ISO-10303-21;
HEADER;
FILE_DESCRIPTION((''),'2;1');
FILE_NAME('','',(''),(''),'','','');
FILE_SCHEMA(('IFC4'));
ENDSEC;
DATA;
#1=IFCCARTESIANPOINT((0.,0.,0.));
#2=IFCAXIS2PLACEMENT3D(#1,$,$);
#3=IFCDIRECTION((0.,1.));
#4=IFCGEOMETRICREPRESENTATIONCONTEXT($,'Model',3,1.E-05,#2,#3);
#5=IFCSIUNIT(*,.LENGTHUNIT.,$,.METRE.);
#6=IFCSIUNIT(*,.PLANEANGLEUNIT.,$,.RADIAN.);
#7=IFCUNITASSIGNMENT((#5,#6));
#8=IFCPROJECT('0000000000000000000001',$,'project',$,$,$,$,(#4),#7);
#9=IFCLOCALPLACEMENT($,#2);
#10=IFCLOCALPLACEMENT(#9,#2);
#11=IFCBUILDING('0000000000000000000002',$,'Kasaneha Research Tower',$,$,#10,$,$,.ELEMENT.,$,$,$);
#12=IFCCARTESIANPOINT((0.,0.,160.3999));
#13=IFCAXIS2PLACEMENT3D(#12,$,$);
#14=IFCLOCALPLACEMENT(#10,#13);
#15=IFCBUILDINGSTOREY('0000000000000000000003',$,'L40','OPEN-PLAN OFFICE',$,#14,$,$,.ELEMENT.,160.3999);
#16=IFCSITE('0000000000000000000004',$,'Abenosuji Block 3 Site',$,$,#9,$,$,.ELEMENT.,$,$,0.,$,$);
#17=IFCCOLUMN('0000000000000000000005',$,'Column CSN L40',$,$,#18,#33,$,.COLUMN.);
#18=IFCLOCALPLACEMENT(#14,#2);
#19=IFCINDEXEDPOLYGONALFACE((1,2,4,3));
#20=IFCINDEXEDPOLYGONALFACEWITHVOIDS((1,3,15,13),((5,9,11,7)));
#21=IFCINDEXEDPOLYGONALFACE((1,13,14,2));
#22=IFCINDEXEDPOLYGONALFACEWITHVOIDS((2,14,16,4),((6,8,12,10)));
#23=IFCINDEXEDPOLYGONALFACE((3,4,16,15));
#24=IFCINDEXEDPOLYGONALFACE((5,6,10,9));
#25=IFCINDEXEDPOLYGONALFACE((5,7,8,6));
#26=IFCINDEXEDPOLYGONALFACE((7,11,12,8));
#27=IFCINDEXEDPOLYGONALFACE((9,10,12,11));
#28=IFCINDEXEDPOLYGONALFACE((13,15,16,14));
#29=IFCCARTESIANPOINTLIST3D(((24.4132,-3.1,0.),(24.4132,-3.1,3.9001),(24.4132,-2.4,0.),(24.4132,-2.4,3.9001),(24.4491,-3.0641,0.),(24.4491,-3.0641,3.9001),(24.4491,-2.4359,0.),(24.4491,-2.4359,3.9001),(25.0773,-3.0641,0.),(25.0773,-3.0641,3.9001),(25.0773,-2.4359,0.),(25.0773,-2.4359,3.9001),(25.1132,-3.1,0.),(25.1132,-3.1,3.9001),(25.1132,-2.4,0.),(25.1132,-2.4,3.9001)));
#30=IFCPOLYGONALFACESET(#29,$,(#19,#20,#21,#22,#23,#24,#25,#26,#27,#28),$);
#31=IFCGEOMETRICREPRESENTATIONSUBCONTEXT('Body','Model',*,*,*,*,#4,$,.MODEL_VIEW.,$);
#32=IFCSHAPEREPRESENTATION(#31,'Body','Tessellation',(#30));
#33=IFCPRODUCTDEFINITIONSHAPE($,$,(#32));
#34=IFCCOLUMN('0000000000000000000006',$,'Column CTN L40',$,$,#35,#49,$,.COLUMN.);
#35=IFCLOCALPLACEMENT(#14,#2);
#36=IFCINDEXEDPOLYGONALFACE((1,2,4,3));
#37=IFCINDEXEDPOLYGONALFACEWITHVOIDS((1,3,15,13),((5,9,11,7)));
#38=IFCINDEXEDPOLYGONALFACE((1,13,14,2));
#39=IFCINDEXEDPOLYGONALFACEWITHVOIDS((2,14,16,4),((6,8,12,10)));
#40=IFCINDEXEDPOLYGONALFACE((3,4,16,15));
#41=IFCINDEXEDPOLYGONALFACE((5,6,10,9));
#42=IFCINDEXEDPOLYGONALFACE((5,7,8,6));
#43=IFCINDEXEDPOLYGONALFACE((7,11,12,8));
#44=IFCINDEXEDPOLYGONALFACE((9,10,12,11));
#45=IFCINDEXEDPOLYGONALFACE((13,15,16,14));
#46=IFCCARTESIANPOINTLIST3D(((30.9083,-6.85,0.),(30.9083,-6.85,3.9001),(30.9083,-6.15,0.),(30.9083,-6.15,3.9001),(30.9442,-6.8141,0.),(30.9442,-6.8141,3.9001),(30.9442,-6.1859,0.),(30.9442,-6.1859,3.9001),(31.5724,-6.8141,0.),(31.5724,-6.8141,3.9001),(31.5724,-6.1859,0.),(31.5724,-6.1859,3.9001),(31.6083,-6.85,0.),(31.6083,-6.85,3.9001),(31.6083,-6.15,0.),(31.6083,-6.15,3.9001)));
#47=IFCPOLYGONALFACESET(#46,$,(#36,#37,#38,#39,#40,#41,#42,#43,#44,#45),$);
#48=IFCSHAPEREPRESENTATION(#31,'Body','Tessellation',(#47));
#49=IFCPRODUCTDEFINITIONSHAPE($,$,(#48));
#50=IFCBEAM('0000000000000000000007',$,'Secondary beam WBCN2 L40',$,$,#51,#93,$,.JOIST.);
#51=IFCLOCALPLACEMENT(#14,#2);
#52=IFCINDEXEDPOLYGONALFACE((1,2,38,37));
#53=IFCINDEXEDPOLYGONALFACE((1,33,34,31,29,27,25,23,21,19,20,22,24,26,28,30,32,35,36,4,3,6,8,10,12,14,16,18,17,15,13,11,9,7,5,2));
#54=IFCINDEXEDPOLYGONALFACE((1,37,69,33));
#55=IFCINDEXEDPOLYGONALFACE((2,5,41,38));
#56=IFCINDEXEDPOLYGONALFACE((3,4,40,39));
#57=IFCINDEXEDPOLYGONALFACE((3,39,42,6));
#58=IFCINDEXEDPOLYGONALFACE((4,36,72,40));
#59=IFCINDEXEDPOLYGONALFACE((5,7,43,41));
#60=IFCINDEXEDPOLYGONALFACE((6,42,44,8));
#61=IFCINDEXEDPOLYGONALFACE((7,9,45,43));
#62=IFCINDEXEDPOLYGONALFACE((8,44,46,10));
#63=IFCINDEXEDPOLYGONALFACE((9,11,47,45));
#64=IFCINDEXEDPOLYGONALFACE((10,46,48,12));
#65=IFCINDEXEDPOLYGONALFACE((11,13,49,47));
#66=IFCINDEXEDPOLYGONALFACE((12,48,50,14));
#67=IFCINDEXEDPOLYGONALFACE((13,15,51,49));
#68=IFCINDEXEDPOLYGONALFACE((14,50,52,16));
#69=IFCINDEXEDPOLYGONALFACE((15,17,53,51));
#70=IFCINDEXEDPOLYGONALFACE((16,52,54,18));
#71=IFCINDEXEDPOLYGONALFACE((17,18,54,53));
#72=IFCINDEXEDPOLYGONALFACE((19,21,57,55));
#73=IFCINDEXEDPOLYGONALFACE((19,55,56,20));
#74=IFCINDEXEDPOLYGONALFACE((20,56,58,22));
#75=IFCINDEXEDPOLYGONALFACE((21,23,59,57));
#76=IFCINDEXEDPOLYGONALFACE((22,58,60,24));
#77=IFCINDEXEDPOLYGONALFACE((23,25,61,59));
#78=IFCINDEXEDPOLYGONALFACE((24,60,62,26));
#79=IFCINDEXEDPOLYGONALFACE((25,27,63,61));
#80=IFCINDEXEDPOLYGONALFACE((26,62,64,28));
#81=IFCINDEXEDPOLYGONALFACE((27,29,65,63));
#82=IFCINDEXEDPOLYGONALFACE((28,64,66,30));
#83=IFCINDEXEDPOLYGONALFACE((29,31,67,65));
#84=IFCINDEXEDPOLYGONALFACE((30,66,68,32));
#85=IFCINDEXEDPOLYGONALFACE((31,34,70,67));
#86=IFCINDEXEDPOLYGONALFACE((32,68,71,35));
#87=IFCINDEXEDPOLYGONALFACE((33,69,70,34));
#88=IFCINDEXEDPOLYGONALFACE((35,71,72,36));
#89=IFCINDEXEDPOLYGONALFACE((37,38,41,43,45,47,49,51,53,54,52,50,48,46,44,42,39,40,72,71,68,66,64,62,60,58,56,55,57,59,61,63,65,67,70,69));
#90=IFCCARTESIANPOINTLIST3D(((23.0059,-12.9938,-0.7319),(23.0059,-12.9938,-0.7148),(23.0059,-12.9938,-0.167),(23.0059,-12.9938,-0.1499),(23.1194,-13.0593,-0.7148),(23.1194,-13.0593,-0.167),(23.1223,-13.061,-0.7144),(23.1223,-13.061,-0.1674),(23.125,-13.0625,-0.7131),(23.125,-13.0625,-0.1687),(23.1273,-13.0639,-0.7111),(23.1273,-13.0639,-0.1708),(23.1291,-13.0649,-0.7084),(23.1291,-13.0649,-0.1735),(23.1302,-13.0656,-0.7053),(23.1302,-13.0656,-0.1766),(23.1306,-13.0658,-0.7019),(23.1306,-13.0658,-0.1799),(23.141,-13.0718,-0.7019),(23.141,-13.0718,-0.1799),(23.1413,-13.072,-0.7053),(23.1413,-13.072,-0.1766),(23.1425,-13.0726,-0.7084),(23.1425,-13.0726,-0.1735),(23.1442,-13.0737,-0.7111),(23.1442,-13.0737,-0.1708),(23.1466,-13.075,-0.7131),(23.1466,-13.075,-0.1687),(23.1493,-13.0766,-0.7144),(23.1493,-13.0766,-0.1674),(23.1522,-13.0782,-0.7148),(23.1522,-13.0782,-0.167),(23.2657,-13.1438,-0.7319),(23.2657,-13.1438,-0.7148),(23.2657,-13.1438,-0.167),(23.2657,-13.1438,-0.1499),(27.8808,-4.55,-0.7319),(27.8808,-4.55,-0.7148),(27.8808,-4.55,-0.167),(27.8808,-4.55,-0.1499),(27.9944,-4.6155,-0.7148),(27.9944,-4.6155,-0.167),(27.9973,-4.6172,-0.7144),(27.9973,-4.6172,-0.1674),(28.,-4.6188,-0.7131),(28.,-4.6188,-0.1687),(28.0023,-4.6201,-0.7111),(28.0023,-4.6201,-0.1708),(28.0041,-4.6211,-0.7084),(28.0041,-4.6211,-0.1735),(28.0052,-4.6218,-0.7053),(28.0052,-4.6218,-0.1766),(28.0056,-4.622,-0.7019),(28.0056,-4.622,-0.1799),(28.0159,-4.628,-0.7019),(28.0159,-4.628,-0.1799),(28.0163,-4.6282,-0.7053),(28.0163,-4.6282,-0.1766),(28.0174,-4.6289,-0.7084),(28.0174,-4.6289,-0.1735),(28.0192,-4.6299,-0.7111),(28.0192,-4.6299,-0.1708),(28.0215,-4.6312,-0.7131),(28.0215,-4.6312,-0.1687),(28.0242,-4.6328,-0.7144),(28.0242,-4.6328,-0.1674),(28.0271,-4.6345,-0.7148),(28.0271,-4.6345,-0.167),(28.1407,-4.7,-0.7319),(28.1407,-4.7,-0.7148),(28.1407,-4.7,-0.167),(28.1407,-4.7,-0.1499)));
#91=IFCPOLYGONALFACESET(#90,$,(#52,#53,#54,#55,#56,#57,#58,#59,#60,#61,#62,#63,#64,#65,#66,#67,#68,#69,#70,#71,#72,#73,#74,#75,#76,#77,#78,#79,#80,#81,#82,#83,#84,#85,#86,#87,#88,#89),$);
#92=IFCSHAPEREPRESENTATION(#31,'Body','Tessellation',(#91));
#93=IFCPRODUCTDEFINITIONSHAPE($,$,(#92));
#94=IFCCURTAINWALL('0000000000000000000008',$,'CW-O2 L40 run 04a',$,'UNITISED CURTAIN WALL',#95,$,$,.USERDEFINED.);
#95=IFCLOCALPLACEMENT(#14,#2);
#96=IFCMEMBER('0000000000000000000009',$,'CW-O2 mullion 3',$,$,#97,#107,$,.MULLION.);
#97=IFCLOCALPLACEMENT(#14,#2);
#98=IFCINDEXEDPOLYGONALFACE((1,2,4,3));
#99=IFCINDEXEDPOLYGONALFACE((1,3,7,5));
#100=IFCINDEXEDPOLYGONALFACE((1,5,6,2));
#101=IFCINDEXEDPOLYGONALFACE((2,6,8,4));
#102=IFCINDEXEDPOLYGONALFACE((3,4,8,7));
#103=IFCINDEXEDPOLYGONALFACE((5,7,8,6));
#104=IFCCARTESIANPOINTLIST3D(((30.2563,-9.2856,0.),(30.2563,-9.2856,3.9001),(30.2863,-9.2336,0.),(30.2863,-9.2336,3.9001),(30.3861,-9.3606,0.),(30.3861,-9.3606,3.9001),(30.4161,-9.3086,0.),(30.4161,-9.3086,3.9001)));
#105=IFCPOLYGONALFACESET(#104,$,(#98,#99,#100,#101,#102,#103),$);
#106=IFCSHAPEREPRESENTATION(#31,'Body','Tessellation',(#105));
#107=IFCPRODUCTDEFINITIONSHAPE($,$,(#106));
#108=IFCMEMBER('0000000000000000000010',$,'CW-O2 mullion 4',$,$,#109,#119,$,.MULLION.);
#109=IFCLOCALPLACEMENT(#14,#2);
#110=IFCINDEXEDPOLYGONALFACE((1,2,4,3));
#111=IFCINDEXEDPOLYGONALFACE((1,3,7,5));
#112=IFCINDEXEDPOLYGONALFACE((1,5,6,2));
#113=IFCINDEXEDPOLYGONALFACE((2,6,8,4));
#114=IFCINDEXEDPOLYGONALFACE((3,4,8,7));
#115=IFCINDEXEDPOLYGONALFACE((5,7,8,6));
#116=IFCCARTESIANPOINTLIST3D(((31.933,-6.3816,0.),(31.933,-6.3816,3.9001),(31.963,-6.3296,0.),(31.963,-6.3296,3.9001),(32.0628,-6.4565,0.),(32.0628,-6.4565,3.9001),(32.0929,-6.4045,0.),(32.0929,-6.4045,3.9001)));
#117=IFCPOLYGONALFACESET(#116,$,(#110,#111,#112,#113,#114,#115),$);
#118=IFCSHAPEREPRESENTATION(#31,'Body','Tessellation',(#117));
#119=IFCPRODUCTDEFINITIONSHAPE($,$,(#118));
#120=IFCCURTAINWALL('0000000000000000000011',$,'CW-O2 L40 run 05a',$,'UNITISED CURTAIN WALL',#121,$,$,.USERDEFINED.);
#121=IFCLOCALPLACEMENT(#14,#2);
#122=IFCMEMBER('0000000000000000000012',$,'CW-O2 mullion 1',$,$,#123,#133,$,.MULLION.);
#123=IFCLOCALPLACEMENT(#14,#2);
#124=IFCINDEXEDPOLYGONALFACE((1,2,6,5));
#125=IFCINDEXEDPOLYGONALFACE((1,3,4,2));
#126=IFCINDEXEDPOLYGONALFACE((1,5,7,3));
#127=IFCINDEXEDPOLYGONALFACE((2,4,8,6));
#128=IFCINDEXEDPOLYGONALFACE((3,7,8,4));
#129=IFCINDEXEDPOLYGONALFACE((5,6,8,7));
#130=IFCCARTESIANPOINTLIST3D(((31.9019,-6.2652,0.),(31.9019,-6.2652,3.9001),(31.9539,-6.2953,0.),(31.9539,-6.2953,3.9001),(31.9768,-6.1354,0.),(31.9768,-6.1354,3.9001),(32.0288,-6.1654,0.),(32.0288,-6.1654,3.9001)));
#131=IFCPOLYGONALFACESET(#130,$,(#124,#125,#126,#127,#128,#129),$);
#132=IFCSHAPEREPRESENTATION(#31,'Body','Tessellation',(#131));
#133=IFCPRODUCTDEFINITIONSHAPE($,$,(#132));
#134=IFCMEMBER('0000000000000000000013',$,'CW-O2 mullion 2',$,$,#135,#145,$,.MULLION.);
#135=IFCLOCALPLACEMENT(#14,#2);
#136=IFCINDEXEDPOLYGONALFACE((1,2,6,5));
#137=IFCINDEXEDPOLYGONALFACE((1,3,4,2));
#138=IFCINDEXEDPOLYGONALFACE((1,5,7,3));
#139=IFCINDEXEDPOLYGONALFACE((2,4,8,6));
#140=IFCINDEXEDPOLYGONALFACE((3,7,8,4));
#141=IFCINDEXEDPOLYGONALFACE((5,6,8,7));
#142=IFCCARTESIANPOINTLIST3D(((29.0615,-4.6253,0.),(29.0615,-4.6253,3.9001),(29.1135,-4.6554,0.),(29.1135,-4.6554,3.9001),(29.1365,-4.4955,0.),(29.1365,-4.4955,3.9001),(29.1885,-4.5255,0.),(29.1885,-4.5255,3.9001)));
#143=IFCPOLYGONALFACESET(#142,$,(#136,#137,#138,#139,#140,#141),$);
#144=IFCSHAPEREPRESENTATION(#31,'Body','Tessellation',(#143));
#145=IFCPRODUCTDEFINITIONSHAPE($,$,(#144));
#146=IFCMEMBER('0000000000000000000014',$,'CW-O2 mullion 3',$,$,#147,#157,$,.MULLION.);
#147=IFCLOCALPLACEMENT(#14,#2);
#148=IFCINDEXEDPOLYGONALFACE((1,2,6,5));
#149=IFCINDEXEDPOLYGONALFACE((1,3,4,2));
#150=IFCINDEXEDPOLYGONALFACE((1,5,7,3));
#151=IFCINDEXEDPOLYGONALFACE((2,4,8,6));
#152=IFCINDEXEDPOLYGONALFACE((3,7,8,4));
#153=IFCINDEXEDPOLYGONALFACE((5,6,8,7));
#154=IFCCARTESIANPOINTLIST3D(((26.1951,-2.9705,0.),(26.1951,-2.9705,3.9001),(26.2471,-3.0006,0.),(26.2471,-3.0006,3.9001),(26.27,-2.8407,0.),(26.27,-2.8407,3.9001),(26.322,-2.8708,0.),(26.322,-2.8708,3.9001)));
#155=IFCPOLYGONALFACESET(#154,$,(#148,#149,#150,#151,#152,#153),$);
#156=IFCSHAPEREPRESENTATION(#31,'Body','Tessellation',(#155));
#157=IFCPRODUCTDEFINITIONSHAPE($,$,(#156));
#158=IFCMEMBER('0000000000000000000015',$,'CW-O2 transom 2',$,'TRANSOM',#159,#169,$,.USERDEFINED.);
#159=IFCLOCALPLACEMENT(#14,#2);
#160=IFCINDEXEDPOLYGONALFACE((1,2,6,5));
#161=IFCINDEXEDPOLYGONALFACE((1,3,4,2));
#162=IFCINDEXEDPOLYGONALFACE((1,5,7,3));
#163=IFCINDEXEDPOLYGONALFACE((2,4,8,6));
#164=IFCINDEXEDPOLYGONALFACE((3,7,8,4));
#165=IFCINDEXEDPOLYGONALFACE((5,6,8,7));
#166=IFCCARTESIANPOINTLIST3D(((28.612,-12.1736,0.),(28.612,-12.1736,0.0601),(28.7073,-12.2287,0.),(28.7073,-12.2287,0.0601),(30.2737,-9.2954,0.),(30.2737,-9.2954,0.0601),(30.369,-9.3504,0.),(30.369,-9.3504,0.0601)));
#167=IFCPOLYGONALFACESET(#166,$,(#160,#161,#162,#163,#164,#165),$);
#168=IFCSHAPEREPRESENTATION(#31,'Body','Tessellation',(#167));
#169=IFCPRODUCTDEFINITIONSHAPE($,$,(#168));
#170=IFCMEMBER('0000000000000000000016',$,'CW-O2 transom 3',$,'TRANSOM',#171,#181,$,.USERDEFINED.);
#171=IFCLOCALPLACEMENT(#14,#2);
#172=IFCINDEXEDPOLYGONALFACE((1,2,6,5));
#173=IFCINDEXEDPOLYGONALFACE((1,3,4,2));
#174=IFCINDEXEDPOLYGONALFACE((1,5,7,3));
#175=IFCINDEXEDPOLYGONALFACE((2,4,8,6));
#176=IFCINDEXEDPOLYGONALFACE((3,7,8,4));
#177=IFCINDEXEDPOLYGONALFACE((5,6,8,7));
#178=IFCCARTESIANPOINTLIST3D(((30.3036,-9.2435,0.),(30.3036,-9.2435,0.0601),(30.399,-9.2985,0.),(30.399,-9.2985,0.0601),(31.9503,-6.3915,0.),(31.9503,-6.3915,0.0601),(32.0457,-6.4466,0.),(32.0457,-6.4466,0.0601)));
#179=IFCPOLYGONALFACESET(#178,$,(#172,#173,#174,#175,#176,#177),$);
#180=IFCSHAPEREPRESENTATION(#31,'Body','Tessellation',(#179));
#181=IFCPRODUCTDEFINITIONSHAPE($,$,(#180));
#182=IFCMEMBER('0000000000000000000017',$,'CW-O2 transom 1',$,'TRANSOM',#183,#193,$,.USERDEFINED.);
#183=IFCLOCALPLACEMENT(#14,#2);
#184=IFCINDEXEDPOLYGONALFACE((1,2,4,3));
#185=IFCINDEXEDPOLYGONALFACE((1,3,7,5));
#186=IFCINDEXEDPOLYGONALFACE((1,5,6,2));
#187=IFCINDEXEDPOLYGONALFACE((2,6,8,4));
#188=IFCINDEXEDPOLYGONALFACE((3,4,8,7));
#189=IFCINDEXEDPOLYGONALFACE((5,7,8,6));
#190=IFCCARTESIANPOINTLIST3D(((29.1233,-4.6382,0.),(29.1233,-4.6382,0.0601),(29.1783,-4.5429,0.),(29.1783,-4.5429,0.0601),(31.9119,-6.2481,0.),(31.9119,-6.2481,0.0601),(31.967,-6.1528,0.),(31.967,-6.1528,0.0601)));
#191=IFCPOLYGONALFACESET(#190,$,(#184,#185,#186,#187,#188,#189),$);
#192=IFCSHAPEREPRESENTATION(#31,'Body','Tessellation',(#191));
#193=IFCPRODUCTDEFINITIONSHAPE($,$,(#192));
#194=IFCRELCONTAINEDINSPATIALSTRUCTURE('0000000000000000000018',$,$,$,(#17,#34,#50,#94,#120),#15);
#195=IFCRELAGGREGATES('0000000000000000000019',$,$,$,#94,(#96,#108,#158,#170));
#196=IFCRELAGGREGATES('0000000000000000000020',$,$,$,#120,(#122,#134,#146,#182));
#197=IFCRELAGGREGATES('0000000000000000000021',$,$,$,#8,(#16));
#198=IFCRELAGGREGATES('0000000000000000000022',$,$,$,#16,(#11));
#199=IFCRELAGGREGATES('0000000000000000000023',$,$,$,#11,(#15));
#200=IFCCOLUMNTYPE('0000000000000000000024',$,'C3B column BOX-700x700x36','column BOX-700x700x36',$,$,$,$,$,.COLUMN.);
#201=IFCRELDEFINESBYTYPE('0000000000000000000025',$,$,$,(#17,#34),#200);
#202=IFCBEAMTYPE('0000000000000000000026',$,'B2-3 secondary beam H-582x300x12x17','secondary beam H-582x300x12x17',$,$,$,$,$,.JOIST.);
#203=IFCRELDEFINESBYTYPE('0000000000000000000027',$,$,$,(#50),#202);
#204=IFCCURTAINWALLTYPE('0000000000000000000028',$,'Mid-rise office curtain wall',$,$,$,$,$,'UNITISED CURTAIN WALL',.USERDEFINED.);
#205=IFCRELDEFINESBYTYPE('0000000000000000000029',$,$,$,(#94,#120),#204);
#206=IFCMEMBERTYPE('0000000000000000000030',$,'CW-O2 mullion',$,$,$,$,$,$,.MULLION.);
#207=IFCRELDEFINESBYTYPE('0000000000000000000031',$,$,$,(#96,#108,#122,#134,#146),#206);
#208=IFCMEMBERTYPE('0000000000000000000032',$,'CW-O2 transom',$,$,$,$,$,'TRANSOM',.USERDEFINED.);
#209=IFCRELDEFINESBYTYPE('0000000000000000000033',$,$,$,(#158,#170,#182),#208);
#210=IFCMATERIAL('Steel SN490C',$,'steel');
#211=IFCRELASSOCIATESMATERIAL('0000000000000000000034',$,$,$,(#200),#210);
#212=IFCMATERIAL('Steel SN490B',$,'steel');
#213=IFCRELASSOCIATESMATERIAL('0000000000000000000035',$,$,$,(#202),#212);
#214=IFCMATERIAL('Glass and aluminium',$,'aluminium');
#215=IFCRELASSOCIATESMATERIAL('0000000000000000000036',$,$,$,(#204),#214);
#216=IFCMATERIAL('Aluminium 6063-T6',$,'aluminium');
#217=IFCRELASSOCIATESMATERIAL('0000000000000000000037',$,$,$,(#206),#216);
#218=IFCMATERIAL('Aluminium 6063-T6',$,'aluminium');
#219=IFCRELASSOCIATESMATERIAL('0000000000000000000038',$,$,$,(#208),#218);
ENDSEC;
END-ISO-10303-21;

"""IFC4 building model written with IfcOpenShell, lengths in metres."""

from ifc_helpers import new_model, si_unit, direction, frame, origin, origin_2d, place, context, subcontext, project, spatial, rectangle, hollow_rectangle, i_section, extrude, material, material_profile, profile_set, type_object, element, aggregate, save


model = new_model("IFC4")

# Units and contexts
model_context = context("Model", 3, precision=1e-05, world=origin(), true_north=direction((0.0, 1.0)))
body_context = subcontext(model_context, "Body", "Model", "MODEL_VIEW")
ifc_project = project(units=[si_unit("LENGTHUNIT", "METRE"), si_unit("PLANEANGLEUNIT", "RADIAN")], contexts=[model_context])

# Site, building, storey
site_placement = place(None, origin())
site = spatial("IfcSite", under=ifc_project, at=site_placement, Name="Abenosuji Block 3 Site", CompositionType="ELEMENT", RefElevation=0.0)
building_placement = place(site_placement, origin())
building = spatial("IfcBuilding", under=site, at=building_placement, Name="Kasaneha Research Tower", CompositionType="ELEMENT")
storey_placement = place(building_placement, frame((0.0, 0.0, 160.3999)))
storey = spatial("IfcBuildingStorey", under=building, at=storey_placement, Name="L40", Description="OPEN-PLAN OFFICE", CompositionType="ELEMENT", Elevation=160.3999)

# Columns
ifc_material_1 = material(Name="Steel SN490C", Category="steel")
ifc_material_profile_1 = material_profile(ifc_material_1, hollow_rectangle(XDim=0.7, YDim=0.7, WallThickness=0.0359, at=origin_2d()), Name="BOX-700x700x36")
ifc_profile_set_1 = profile_set([ifc_material_profile_1], Name="Steel SN490C")
column_type = type_object("IfcColumnType", Name="C3B column BOX-700x700x36", Description="column BOX-700x700x36", PredefinedType="COLUMN", material=ifc_profile_set_1)
for number, where, z_axis, x_axis, name in (
    (1, (24.7632, -2.75, 0.0), (0.0, 0.0, 1.0), (1.0, 0.0, 0.0), "Column CSN L40"),
    (2, (31.2583, -6.5, 0.0), (0.0, 0.0, 1.0), (1.0, 0.0, 0.0), "Column CTN L40"),
):
    element("IfcColumn", number, at=place(storey_placement, frame(where, z_axis=z_axis, x_axis=x_axis)), inside=storey, type_object=column_type, Name=name, PredefinedType="COLUMN", context=body_context, shape_type="SweptSolid", body=[
        extrude(hollow_rectangle(XDim=0.7, YDim=0.7, WallThickness=0.0359, at=origin_2d()), origin(), (0.0, 0.0, 1.0), 3.9001),
    ])

# Beam
ifc_material_2 = material(Name="Steel SN490B", Category="steel")
ifc_material_profile_2 = material_profile(ifc_material_2, i_section(OverallWidth=0.3, OverallDepth=0.582, WebThickness=0.012, FlangeThickness=0.0171, FilletRadius=0.0129, at=origin_2d()), Name="H-582x300x12x17")
ifc_profile_set_2 = profile_set([ifc_material_profile_2], Name="Steel SN490B")
beam_type_1 = type_object("IfcBeamType", Name="B2-3 secondary beam H-582x300x12x17", Description="secondary beam H-582x300x12x17", PredefinedType="JOIST", material=ifc_profile_set_2)
beam_1_placement = place(storey_placement, frame((28.0107, -4.625, -0.4409), z_axis=(-0.499996, -0.866028, 0.0), x_axis=(0.866028, -0.499996, 0.0)))
element("IfcBeam", 3, at=beam_1_placement, inside=storey, type_object=beam_type_1, Name="Secondary beam WBCN2 L40", PredefinedType="JOIST", context=body_context, shape_type="SweptSolid", body=[
    extrude(i_section(OverallWidth=0.3, OverallDepth=0.582, WebThickness=0.012, FlangeThickness=0.0171, FilletRadius=0.0129, at=origin_2d()), origin(), (0.0, 0.0, 1.0), 9.75),
])

# Curtain walls, members
ifc_material_3 = material(Name="Glass and aluminium", Category="aluminium")
curtain_wall_type = type_object("IfcCurtainWallType", Name="Mid-rise office curtain wall", ElementType="UNITISED CURTAIN WALL", PredefinedType="USERDEFINED", material=ifc_material_3)
curtain_wall_1_placement = place(storey_placement, origin())
curtain_wall_1 = element("IfcCurtainWall", 4, at=curtain_wall_1_placement, inside=storey, type_object=curtain_wall_type, Name="CW-O2 L40 run 04a", ObjectType="UNITISED CURTAIN WALL", PredefinedType="USERDEFINED")
ifc_material_4 = material(Name="Aluminium 6063-T6", Category="aluminium")
ifc_material_profile_3 = material_profile(ifc_material_4, rectangle(XDim=0.0601, YDim=0.1499, at=origin_2d()), Name="CW-O2 mullion 60x150")
ifc_profile_set_3 = profile_set([ifc_material_profile_3], Name="Aluminium 6063-T6")
member_type_1 = type_object("IfcMemberType", Name="CW-O2 mullion", PredefinedType="MULLION", material=ifc_profile_set_3)
member_1_placement = place(storey_placement, frame((30.3362, -9.2971, 0.0), z_axis=(0.0, 0.0, 1.0), x_axis=(0.5, 0.866025, 0.0)))
member_1 = element("IfcMember", 5, at=member_1_placement, type_object=member_type_1, Name="CW-O2 mullion 3", PredefinedType="MULLION", context=body_context, shape_type="SweptSolid", body=[
    extrude(rectangle(XDim=0.0601, YDim=0.1499, at=origin_2d()), origin(), (0.0, 0.0, 1.0), 3.9001),
])
member_2_placement = place(storey_placement, frame((32.0129, -6.3931, 0.0), z_axis=(0.0, 0.0, 1.0), x_axis=(0.5, 0.866025, 0.0)))
member_2 = element("IfcMember", 6, at=member_2_placement, type_object=member_type_1, Name="CW-O2 mullion 4", PredefinedType="MULLION", context=body_context, shape_type="SweptSolid", body=[
    extrude(rectangle(XDim=0.0601, YDim=0.1499, at=origin_2d()), origin(), (0.0, 0.0, 1.0), 3.9001),
])
curtain_wall_2_placement = place(storey_placement, origin())
curtain_wall_2 = element("IfcCurtainWall", 7, at=curtain_wall_2_placement, inside=storey, type_object=curtain_wall_type, Name="CW-O2 L40 run 05a", ObjectType="UNITISED CURTAIN WALL", PredefinedType="USERDEFINED")
member_3_placement = place(storey_placement, frame((31.9653, -6.2153, 0.0), z_axis=(0.0, 0.0, 1.0), x_axis=(-0.866025, 0.5, 0.0)))
member_3 = element("IfcMember", 8, at=member_3_placement, type_object=member_type_1, Name="CW-O2 mullion 1", PredefinedType="MULLION", context=body_context, shape_type="SweptSolid", body=[
    extrude(rectangle(XDim=0.0601, YDim=0.1499, at=origin_2d()), origin(), (0.0, 0.0, 1.0), 3.9001),
])
member_4_placement = place(storey_placement, frame((29.125, -4.5754, 0.0), z_axis=(0.0, 0.0, 1.0), x_axis=(-0.866025, 0.5, 0.0)))
member_4 = element("IfcMember", 9, at=member_4_placement, type_object=member_type_1, Name="CW-O2 mullion 2", PredefinedType="MULLION", context=body_context, shape_type="SweptSolid", body=[
    extrude(rectangle(XDim=0.0601, YDim=0.1499, at=origin_2d()), origin(), (0.0, 0.0, 1.0), 3.9001),
])
member_5_placement = place(storey_placement, frame((26.2585, -2.9207, 0.0), z_axis=(0.0, 0.0, 1.0), x_axis=(-0.866025, 0.5, 0.0)))
member_5 = element("IfcMember", 10, at=member_5_placement, type_object=member_type_1, Name="CW-O2 mullion 3", PredefinedType="MULLION", context=body_context, shape_type="SweptSolid", body=[
    extrude(rectangle(XDim=0.0601, YDim=0.1499, at=origin_2d()), origin(), (0.0, 0.0, 1.0), 3.9001),
])

# Members
ifc_material_5 = material(Name="Aluminium 6063-T6", Category="aluminium")
ifc_material_profile_4 = material_profile(ifc_material_5, rectangle(XDim=0.1101, YDim=0.0601, at=origin_2d()), Name="CW-O2 transom 110x60")
ifc_profile_set_4 = profile_set([ifc_material_profile_4], Name="Aluminium 6063-T6")
member_type_2 = type_object("IfcMemberType", Name="CW-O2 transom", ElementType="TRANSOM", PredefinedType="USERDEFINED", material=ifc_profile_set_4)
member_6_placement = place(storey_placement, frame((28.6597, -12.2012, 0.03), z_axis=(0.499979, 0.866038, 0.0), x_axis=(-0.866038, 0.499979, 0.0)))
member_6 = element("IfcMember", 11, at=member_6_placement, type_object=member_type_2, Name="CW-O2 transom 2", ObjectType="TRANSOM", PredefinedType="USERDEFINED", context=body_context, shape_type="SweptSolid", body=[
    extrude(rectangle(XDim=0.1101, YDim=0.0601, at=origin_2d()), origin(), (0.0, 0.0, 1.0), 3.3235),
])
member_7_placement = place(storey_placement, frame((30.3513, -9.271, 0.03), z_axis=(0.500022, 0.866013, 0.0), x_axis=(-0.866013, 0.500022, 0.0)))
member_7 = element("IfcMember", 12, at=member_7_placement, type_object=member_type_2, Name="CW-O2 transom 3", ObjectType="TRANSOM", PredefinedType="USERDEFINED", context=body_context, shape_type="SweptSolid", body=[
    extrude(rectangle(XDim=0.1101, YDim=0.0601, at=origin_2d()), origin(), (0.0, 0.0, 1.0), 3.2932),
])
member_8_placement = place(storey_placement, frame((31.9395, -6.2004, 0.03), z_axis=(-0.866042, 0.499972, 0.0), x_axis=(-0.499972, -0.866042, 0.0)))
member_8 = element("IfcMember", 13, at=member_8_placement, type_object=member_type_2, Name="CW-O2 transom 1", ObjectType="TRANSOM", PredefinedType="USERDEFINED", context=body_context, shape_type="SweptSolid", body=[
    extrude(rectangle(XDim=0.1101, YDim=0.0601, at=origin_2d()), origin(), (0.0, 0.0, 1.0), 3.22),
])

aggregate(curtain_wall_1, [member_1, member_2, member_6, member_7])
aggregate(curtain_wall_2, [member_3, member_4, member_5, member_8])

save(model, "model.ifc")
